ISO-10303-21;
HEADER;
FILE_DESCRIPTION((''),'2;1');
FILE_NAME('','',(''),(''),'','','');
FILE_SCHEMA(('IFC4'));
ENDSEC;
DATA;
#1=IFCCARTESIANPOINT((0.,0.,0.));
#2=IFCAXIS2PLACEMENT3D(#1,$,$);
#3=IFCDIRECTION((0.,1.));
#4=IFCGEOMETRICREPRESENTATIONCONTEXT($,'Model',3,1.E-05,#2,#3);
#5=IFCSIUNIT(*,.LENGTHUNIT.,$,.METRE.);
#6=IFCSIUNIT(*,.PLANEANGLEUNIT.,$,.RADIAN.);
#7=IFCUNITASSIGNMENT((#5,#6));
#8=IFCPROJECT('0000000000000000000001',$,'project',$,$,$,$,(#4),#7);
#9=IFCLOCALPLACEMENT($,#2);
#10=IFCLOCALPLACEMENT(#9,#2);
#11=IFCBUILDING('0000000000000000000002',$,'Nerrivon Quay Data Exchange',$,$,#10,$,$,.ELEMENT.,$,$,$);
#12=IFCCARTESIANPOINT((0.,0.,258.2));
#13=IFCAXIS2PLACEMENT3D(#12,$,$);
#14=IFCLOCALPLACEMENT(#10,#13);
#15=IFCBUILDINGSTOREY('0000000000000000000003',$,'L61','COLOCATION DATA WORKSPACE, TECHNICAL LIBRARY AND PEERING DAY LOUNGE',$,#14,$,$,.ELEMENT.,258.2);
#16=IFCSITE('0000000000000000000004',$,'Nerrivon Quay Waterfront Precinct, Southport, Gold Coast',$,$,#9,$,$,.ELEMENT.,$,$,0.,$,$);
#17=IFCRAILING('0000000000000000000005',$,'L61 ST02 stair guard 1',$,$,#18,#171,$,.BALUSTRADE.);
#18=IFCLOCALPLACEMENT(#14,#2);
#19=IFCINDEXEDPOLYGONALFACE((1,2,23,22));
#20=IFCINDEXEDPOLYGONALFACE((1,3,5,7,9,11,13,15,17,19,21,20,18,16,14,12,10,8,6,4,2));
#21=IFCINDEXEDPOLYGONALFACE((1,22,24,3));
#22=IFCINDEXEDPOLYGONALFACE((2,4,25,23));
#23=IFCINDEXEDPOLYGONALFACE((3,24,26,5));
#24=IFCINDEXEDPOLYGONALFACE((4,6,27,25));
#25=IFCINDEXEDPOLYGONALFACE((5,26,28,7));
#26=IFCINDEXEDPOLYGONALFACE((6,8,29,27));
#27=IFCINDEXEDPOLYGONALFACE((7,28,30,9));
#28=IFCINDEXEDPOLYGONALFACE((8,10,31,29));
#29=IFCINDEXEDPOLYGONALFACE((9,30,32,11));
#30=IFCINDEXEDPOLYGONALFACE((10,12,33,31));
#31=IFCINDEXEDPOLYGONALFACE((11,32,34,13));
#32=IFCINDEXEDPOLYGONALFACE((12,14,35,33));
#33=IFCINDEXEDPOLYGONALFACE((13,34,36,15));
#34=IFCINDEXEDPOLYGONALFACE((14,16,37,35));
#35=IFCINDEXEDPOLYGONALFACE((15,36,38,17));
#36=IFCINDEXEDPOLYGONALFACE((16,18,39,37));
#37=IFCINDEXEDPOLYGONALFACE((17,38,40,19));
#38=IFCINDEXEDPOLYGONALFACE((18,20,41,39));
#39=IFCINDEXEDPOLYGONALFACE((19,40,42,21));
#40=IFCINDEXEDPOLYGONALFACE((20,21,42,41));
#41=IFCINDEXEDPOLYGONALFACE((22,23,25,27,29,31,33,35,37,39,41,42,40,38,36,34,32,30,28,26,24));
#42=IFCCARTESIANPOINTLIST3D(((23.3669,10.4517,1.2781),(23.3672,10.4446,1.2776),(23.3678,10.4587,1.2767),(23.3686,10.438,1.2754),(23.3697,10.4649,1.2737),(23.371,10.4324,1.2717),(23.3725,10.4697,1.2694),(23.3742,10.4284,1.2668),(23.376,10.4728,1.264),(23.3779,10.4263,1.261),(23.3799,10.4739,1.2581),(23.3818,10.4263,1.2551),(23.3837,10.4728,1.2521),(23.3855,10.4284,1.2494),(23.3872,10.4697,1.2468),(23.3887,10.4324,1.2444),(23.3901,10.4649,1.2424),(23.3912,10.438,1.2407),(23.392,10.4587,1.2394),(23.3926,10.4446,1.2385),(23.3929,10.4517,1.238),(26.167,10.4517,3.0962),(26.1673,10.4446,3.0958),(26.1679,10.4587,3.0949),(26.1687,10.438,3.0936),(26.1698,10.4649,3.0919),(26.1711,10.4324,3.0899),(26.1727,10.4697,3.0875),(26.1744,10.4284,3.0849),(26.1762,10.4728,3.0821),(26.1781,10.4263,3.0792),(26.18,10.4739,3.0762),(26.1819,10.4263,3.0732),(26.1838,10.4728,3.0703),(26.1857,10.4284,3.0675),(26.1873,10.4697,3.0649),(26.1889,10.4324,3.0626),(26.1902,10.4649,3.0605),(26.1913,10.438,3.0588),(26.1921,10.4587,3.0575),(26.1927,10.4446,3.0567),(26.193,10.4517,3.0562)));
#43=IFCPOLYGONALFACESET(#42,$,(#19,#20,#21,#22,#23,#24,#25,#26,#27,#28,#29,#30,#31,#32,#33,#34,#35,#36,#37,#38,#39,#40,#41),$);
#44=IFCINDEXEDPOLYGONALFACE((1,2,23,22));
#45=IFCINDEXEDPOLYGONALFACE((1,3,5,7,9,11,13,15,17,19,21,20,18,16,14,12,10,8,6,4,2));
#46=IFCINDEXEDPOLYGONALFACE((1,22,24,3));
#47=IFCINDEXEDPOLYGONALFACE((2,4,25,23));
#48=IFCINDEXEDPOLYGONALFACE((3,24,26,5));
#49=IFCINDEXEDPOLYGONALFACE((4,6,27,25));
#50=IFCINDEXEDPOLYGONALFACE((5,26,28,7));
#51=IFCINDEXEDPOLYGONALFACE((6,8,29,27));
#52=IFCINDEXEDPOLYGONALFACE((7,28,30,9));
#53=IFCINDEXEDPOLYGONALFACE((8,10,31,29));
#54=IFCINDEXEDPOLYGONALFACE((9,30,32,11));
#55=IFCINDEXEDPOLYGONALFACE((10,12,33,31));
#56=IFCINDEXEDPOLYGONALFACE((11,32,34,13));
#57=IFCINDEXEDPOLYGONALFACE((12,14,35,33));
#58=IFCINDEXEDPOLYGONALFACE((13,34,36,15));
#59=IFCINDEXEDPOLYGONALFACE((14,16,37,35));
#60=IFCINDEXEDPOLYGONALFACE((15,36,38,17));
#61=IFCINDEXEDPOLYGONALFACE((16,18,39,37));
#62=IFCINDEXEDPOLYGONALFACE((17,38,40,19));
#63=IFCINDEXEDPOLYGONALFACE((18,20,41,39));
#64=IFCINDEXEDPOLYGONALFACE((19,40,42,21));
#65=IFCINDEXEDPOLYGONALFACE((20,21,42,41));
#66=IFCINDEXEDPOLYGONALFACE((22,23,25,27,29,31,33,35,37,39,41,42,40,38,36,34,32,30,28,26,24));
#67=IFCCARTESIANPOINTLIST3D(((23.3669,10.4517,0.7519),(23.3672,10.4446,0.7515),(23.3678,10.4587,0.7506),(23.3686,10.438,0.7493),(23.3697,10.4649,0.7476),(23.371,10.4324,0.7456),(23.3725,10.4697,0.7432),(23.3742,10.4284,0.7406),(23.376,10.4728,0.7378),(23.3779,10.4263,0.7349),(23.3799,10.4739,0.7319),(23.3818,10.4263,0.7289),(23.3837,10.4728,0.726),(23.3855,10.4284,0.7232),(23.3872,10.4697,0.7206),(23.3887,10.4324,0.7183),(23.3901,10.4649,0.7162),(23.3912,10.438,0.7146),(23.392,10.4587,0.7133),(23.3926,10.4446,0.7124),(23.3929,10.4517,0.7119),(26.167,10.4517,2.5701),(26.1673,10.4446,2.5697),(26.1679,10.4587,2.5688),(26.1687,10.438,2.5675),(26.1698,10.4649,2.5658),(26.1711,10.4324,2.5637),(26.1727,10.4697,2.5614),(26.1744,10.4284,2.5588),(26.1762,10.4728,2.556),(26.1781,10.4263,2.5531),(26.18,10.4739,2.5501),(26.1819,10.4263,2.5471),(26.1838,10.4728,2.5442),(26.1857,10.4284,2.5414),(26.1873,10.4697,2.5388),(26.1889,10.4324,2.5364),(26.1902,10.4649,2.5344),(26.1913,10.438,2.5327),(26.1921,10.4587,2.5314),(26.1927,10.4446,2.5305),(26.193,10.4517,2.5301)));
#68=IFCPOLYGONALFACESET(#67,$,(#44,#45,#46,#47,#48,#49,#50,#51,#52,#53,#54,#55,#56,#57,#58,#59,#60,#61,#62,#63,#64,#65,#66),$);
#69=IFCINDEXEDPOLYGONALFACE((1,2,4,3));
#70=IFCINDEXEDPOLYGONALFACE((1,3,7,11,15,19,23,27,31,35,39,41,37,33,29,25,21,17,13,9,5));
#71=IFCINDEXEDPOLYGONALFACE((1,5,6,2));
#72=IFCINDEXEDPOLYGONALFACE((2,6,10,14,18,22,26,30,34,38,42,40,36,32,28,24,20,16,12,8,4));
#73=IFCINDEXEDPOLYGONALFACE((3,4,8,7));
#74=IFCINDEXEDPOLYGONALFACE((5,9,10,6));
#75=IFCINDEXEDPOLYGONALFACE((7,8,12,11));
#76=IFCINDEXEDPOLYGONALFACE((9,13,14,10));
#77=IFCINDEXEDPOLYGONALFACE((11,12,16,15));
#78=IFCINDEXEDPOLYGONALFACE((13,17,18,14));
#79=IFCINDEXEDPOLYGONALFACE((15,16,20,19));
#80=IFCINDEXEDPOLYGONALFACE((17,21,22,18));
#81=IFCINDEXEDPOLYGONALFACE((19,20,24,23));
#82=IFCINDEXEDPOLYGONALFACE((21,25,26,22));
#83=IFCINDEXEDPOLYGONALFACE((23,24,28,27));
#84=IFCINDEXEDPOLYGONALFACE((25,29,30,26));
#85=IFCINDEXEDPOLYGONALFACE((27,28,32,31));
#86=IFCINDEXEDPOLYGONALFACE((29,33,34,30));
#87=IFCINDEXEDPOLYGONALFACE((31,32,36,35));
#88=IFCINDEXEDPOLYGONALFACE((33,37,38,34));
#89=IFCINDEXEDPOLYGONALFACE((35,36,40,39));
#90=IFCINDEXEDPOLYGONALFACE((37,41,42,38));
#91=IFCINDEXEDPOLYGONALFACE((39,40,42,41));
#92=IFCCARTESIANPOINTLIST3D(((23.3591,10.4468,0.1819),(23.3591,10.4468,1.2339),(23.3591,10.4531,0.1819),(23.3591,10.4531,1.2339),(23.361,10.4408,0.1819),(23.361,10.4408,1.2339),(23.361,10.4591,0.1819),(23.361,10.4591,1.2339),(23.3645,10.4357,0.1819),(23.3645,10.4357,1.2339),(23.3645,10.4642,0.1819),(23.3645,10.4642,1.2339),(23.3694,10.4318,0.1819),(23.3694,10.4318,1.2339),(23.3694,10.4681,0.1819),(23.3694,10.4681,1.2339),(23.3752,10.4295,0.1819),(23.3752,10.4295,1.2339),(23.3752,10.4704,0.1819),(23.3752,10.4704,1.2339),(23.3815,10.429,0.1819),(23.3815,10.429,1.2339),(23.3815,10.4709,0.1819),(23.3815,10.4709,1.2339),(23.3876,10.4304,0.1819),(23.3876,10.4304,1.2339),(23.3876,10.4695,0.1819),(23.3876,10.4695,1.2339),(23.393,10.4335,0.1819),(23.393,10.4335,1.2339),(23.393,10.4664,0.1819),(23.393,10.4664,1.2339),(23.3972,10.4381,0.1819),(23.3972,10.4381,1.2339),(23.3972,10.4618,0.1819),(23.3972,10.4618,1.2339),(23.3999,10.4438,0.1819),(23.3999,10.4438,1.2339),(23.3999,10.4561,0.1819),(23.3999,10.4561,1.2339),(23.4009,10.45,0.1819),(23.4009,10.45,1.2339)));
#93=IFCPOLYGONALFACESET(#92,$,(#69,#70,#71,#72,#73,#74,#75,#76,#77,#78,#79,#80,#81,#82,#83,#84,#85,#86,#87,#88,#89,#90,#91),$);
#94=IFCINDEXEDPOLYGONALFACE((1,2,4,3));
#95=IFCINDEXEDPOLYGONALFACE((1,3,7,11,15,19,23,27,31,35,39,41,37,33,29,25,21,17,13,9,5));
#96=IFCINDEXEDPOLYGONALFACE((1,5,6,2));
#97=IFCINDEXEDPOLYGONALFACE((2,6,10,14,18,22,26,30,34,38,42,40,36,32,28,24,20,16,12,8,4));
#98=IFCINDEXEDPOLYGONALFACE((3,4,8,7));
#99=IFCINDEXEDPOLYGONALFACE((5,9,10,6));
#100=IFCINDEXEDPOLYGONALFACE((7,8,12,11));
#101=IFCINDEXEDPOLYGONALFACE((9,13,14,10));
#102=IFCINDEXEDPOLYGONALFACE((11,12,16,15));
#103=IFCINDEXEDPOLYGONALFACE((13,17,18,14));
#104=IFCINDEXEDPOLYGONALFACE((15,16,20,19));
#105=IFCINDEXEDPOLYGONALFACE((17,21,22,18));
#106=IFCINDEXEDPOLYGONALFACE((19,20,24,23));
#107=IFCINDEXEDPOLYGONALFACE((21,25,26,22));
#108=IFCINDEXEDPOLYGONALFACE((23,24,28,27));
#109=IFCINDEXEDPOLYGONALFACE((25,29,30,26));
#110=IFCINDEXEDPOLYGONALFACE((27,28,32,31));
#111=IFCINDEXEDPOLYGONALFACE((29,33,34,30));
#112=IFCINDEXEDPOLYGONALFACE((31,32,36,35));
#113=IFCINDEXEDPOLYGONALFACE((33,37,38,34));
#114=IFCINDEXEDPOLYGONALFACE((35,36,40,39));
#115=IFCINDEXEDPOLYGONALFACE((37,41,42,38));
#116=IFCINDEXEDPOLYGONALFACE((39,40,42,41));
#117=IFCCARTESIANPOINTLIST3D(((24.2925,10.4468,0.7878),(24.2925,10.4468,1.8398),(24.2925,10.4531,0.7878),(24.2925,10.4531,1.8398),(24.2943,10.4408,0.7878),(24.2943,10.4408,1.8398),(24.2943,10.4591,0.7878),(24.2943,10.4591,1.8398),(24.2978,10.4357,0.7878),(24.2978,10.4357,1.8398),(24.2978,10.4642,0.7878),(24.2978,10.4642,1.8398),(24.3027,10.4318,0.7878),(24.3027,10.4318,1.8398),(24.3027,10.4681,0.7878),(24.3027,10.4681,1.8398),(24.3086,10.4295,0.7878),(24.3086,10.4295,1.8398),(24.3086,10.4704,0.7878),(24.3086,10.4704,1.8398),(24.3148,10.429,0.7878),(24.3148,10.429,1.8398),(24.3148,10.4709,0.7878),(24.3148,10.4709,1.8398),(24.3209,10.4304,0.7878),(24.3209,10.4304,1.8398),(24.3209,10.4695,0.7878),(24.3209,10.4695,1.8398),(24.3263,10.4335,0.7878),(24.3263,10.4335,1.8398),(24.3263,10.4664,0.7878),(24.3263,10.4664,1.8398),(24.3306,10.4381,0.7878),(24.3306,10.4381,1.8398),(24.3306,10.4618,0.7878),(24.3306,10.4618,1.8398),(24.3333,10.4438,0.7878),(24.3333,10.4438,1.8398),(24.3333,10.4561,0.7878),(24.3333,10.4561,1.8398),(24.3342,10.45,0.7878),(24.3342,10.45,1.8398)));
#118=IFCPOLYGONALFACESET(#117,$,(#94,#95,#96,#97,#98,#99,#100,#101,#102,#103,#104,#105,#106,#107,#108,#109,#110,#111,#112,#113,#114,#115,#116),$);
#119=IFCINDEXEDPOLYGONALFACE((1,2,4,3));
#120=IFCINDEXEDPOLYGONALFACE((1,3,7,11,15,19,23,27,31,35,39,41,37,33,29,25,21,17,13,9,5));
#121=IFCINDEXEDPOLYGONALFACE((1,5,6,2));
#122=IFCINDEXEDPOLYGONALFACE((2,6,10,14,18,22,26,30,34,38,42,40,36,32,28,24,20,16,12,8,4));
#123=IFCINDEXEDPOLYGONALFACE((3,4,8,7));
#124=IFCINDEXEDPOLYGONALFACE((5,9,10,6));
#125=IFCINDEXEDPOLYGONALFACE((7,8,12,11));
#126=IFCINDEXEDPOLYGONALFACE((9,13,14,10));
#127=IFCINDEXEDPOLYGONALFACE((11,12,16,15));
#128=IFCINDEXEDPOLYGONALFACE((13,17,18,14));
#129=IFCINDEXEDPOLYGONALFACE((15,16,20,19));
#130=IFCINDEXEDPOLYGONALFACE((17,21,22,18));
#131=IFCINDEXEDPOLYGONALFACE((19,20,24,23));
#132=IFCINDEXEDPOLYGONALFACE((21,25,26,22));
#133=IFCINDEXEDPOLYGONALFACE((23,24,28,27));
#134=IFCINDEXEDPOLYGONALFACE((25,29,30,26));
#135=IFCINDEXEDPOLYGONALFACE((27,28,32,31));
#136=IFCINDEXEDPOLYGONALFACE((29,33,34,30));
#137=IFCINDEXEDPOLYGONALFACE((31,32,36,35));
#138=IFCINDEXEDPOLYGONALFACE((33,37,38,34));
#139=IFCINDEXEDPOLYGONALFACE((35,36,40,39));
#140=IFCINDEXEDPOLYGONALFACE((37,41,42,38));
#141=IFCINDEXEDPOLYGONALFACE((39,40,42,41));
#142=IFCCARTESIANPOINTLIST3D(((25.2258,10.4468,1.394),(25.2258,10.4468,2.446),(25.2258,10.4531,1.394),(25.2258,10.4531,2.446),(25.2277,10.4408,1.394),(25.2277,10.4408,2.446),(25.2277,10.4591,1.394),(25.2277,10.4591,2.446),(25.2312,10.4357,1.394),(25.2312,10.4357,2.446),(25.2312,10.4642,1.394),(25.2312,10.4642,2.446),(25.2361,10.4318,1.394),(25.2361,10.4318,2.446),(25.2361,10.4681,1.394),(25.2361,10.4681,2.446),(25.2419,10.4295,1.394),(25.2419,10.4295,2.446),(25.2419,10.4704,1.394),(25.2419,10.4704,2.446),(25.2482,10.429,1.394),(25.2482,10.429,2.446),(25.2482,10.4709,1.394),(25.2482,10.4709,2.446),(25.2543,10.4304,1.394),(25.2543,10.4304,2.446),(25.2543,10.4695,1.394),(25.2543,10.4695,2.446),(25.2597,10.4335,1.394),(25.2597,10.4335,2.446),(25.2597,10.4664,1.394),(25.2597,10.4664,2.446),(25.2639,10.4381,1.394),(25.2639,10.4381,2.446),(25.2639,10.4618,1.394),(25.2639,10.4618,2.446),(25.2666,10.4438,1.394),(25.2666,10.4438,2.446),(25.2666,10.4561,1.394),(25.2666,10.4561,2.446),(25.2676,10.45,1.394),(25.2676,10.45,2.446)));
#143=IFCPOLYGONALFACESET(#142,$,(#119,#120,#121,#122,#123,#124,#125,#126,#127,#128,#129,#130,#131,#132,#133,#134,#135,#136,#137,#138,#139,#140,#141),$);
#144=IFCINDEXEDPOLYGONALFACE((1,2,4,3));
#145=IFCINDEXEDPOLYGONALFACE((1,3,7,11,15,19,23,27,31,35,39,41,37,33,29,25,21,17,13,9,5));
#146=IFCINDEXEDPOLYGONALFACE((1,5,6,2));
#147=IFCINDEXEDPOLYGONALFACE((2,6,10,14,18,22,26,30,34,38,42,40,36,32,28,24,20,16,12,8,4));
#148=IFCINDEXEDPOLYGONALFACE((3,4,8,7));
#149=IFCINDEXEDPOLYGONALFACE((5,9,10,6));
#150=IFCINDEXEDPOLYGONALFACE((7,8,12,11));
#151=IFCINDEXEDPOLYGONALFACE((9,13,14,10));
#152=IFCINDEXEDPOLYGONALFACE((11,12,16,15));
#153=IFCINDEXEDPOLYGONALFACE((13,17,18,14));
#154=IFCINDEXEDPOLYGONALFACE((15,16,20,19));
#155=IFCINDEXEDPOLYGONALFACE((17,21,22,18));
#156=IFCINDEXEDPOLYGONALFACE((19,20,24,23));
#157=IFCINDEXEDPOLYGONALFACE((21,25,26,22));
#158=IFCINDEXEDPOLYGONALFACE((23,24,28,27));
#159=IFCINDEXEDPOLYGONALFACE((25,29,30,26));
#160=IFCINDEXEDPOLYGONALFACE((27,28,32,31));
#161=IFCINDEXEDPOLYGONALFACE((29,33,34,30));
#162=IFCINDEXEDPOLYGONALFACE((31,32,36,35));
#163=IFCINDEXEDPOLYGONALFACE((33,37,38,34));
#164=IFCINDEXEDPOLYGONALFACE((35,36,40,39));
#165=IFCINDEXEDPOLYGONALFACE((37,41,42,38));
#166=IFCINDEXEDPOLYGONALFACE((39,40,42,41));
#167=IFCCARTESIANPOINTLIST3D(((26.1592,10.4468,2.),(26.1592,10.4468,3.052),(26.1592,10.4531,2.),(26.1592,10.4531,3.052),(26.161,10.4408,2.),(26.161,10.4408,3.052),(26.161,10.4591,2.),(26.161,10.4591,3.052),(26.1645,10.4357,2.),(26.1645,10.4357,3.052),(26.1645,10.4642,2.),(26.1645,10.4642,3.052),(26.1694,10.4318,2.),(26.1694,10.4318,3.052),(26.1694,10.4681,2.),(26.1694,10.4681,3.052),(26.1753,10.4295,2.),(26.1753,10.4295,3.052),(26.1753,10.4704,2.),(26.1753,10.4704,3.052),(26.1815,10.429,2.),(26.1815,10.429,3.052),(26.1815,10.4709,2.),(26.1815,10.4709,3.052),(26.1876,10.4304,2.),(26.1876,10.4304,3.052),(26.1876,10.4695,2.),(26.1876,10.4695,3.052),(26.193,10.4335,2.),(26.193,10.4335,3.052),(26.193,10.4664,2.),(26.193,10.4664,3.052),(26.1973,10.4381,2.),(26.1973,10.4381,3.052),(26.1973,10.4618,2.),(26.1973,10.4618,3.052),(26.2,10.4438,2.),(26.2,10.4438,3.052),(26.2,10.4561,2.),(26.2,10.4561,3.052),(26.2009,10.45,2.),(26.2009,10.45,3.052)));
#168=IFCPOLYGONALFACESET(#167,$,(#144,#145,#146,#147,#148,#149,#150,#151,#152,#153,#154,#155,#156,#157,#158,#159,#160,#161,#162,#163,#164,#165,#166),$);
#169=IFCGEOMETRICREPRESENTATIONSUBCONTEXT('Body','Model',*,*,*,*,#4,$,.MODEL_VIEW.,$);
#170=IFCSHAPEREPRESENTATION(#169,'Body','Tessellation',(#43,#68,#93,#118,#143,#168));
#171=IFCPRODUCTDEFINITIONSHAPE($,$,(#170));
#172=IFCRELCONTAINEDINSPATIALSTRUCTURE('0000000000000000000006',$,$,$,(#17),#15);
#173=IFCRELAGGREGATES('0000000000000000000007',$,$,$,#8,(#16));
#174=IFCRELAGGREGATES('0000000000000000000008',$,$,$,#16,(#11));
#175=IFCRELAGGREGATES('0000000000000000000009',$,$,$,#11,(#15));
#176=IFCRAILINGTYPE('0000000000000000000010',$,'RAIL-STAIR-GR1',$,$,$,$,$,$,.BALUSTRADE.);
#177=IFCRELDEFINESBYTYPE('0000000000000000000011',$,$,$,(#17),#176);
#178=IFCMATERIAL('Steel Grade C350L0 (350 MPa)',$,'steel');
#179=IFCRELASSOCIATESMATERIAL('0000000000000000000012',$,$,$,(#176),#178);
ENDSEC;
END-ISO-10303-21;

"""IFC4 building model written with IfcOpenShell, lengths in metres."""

from ifc_helpers import new_model, si_unit, direction, frame, origin, origin_2d, place, context, subcontext, project, spatial, circle, extrude, material, type_object, element, save


model = new_model("IFC4")

# Units and contexts
model_context = context("Model", 3, precision=1e-05, world=origin(), true_north=direction((0.0, 1.0)))
body_context = subcontext(model_context, "Body", "Model", "MODEL_VIEW")
ifc_project = project(units=[si_unit("LENGTHUNIT", "METRE"), si_unit("PLANEANGLEUNIT", "RADIAN")], contexts=[model_context])

# Site, building, storey
site_placement = place(None, origin())
site = spatial("IfcSite", under=ifc_project, at=site_placement, Name="Nerrivon Quay Waterfront Precinct, Southport, Gold Coast", CompositionType="ELEMENT", RefElevation=0.0)
building_placement = place(site_placement, origin())
building = spatial("IfcBuilding", under=site, at=building_placement, Name="Nerrivon Quay Data Exchange", CompositionType="ELEMENT")
storey_placement = place(building_placement, frame((0.0, 0.0, 258.2)))
storey = spatial("IfcBuildingStorey", under=building, at=storey_placement, Name="L61", Description="COLOCATION DATA WORKSPACE, TECHNICAL LIBRARY AND PEERING DAY LOUNGE", CompositionType="ELEMENT", Elevation=258.2)

# Railing
ifc_material_1 = material(Name="Steel Grade C350L0 (350 MPa)", Category="steel")
railing_type_1 = type_object("IfcRailingType", Name="RAIL-STAIR-GR1", PredefinedType="BALUSTRADE", material=ifc_material_1)
railing_1_placement = place(storey_placement, frame((23.3799, 10.45, 0.1819)))
element("IfcRailing", 1, at=railing_1_placement, inside=storey, type_object=railing_type_1, Name="L61 ST02 stair guard 1", PredefinedType="BALUSTRADE", context=body_context, shape_type="SweptSolid", body=[
    extrude(circle(Radius=0.0239, at=origin_2d()), frame((0.0, 0.0, 1.0762), z_axis=(0.838706, 0.0, 0.544585), x_axis=(0.0, 1.0, 0.0)), (0.0, 0.0, 1.0), 3.3386),
    extrude(circle(Radius=0.0239, at=origin_2d()), frame((0.0, 0.0, 0.55), z_axis=(0.838706, 0.0, 0.544585), x_axis=(0.0, 1.0, 0.0)), (0.0, 0.0, 1.0), 3.3386),
    extrude(circle(Radius=0.021, at=origin_2d()), origin(), (0.0, 0.0, 1.0), 1.052),
    extrude(circle(Radius=0.021, at=origin_2d()), frame((0.9333, 0.0, 0.606)), (0.0, 0.0, 1.0), 1.052),
    extrude(circle(Radius=0.021, at=origin_2d()), frame((1.8667, 0.0, 1.2122)), (0.0, 0.0, 1.0), 1.052),
    extrude(circle(Radius=0.021, at=origin_2d()), frame((2.8, 0.0, 1.8181)), (0.0, 0.0, 1.0), 1.052),
])

save(model, "model.ifc")
